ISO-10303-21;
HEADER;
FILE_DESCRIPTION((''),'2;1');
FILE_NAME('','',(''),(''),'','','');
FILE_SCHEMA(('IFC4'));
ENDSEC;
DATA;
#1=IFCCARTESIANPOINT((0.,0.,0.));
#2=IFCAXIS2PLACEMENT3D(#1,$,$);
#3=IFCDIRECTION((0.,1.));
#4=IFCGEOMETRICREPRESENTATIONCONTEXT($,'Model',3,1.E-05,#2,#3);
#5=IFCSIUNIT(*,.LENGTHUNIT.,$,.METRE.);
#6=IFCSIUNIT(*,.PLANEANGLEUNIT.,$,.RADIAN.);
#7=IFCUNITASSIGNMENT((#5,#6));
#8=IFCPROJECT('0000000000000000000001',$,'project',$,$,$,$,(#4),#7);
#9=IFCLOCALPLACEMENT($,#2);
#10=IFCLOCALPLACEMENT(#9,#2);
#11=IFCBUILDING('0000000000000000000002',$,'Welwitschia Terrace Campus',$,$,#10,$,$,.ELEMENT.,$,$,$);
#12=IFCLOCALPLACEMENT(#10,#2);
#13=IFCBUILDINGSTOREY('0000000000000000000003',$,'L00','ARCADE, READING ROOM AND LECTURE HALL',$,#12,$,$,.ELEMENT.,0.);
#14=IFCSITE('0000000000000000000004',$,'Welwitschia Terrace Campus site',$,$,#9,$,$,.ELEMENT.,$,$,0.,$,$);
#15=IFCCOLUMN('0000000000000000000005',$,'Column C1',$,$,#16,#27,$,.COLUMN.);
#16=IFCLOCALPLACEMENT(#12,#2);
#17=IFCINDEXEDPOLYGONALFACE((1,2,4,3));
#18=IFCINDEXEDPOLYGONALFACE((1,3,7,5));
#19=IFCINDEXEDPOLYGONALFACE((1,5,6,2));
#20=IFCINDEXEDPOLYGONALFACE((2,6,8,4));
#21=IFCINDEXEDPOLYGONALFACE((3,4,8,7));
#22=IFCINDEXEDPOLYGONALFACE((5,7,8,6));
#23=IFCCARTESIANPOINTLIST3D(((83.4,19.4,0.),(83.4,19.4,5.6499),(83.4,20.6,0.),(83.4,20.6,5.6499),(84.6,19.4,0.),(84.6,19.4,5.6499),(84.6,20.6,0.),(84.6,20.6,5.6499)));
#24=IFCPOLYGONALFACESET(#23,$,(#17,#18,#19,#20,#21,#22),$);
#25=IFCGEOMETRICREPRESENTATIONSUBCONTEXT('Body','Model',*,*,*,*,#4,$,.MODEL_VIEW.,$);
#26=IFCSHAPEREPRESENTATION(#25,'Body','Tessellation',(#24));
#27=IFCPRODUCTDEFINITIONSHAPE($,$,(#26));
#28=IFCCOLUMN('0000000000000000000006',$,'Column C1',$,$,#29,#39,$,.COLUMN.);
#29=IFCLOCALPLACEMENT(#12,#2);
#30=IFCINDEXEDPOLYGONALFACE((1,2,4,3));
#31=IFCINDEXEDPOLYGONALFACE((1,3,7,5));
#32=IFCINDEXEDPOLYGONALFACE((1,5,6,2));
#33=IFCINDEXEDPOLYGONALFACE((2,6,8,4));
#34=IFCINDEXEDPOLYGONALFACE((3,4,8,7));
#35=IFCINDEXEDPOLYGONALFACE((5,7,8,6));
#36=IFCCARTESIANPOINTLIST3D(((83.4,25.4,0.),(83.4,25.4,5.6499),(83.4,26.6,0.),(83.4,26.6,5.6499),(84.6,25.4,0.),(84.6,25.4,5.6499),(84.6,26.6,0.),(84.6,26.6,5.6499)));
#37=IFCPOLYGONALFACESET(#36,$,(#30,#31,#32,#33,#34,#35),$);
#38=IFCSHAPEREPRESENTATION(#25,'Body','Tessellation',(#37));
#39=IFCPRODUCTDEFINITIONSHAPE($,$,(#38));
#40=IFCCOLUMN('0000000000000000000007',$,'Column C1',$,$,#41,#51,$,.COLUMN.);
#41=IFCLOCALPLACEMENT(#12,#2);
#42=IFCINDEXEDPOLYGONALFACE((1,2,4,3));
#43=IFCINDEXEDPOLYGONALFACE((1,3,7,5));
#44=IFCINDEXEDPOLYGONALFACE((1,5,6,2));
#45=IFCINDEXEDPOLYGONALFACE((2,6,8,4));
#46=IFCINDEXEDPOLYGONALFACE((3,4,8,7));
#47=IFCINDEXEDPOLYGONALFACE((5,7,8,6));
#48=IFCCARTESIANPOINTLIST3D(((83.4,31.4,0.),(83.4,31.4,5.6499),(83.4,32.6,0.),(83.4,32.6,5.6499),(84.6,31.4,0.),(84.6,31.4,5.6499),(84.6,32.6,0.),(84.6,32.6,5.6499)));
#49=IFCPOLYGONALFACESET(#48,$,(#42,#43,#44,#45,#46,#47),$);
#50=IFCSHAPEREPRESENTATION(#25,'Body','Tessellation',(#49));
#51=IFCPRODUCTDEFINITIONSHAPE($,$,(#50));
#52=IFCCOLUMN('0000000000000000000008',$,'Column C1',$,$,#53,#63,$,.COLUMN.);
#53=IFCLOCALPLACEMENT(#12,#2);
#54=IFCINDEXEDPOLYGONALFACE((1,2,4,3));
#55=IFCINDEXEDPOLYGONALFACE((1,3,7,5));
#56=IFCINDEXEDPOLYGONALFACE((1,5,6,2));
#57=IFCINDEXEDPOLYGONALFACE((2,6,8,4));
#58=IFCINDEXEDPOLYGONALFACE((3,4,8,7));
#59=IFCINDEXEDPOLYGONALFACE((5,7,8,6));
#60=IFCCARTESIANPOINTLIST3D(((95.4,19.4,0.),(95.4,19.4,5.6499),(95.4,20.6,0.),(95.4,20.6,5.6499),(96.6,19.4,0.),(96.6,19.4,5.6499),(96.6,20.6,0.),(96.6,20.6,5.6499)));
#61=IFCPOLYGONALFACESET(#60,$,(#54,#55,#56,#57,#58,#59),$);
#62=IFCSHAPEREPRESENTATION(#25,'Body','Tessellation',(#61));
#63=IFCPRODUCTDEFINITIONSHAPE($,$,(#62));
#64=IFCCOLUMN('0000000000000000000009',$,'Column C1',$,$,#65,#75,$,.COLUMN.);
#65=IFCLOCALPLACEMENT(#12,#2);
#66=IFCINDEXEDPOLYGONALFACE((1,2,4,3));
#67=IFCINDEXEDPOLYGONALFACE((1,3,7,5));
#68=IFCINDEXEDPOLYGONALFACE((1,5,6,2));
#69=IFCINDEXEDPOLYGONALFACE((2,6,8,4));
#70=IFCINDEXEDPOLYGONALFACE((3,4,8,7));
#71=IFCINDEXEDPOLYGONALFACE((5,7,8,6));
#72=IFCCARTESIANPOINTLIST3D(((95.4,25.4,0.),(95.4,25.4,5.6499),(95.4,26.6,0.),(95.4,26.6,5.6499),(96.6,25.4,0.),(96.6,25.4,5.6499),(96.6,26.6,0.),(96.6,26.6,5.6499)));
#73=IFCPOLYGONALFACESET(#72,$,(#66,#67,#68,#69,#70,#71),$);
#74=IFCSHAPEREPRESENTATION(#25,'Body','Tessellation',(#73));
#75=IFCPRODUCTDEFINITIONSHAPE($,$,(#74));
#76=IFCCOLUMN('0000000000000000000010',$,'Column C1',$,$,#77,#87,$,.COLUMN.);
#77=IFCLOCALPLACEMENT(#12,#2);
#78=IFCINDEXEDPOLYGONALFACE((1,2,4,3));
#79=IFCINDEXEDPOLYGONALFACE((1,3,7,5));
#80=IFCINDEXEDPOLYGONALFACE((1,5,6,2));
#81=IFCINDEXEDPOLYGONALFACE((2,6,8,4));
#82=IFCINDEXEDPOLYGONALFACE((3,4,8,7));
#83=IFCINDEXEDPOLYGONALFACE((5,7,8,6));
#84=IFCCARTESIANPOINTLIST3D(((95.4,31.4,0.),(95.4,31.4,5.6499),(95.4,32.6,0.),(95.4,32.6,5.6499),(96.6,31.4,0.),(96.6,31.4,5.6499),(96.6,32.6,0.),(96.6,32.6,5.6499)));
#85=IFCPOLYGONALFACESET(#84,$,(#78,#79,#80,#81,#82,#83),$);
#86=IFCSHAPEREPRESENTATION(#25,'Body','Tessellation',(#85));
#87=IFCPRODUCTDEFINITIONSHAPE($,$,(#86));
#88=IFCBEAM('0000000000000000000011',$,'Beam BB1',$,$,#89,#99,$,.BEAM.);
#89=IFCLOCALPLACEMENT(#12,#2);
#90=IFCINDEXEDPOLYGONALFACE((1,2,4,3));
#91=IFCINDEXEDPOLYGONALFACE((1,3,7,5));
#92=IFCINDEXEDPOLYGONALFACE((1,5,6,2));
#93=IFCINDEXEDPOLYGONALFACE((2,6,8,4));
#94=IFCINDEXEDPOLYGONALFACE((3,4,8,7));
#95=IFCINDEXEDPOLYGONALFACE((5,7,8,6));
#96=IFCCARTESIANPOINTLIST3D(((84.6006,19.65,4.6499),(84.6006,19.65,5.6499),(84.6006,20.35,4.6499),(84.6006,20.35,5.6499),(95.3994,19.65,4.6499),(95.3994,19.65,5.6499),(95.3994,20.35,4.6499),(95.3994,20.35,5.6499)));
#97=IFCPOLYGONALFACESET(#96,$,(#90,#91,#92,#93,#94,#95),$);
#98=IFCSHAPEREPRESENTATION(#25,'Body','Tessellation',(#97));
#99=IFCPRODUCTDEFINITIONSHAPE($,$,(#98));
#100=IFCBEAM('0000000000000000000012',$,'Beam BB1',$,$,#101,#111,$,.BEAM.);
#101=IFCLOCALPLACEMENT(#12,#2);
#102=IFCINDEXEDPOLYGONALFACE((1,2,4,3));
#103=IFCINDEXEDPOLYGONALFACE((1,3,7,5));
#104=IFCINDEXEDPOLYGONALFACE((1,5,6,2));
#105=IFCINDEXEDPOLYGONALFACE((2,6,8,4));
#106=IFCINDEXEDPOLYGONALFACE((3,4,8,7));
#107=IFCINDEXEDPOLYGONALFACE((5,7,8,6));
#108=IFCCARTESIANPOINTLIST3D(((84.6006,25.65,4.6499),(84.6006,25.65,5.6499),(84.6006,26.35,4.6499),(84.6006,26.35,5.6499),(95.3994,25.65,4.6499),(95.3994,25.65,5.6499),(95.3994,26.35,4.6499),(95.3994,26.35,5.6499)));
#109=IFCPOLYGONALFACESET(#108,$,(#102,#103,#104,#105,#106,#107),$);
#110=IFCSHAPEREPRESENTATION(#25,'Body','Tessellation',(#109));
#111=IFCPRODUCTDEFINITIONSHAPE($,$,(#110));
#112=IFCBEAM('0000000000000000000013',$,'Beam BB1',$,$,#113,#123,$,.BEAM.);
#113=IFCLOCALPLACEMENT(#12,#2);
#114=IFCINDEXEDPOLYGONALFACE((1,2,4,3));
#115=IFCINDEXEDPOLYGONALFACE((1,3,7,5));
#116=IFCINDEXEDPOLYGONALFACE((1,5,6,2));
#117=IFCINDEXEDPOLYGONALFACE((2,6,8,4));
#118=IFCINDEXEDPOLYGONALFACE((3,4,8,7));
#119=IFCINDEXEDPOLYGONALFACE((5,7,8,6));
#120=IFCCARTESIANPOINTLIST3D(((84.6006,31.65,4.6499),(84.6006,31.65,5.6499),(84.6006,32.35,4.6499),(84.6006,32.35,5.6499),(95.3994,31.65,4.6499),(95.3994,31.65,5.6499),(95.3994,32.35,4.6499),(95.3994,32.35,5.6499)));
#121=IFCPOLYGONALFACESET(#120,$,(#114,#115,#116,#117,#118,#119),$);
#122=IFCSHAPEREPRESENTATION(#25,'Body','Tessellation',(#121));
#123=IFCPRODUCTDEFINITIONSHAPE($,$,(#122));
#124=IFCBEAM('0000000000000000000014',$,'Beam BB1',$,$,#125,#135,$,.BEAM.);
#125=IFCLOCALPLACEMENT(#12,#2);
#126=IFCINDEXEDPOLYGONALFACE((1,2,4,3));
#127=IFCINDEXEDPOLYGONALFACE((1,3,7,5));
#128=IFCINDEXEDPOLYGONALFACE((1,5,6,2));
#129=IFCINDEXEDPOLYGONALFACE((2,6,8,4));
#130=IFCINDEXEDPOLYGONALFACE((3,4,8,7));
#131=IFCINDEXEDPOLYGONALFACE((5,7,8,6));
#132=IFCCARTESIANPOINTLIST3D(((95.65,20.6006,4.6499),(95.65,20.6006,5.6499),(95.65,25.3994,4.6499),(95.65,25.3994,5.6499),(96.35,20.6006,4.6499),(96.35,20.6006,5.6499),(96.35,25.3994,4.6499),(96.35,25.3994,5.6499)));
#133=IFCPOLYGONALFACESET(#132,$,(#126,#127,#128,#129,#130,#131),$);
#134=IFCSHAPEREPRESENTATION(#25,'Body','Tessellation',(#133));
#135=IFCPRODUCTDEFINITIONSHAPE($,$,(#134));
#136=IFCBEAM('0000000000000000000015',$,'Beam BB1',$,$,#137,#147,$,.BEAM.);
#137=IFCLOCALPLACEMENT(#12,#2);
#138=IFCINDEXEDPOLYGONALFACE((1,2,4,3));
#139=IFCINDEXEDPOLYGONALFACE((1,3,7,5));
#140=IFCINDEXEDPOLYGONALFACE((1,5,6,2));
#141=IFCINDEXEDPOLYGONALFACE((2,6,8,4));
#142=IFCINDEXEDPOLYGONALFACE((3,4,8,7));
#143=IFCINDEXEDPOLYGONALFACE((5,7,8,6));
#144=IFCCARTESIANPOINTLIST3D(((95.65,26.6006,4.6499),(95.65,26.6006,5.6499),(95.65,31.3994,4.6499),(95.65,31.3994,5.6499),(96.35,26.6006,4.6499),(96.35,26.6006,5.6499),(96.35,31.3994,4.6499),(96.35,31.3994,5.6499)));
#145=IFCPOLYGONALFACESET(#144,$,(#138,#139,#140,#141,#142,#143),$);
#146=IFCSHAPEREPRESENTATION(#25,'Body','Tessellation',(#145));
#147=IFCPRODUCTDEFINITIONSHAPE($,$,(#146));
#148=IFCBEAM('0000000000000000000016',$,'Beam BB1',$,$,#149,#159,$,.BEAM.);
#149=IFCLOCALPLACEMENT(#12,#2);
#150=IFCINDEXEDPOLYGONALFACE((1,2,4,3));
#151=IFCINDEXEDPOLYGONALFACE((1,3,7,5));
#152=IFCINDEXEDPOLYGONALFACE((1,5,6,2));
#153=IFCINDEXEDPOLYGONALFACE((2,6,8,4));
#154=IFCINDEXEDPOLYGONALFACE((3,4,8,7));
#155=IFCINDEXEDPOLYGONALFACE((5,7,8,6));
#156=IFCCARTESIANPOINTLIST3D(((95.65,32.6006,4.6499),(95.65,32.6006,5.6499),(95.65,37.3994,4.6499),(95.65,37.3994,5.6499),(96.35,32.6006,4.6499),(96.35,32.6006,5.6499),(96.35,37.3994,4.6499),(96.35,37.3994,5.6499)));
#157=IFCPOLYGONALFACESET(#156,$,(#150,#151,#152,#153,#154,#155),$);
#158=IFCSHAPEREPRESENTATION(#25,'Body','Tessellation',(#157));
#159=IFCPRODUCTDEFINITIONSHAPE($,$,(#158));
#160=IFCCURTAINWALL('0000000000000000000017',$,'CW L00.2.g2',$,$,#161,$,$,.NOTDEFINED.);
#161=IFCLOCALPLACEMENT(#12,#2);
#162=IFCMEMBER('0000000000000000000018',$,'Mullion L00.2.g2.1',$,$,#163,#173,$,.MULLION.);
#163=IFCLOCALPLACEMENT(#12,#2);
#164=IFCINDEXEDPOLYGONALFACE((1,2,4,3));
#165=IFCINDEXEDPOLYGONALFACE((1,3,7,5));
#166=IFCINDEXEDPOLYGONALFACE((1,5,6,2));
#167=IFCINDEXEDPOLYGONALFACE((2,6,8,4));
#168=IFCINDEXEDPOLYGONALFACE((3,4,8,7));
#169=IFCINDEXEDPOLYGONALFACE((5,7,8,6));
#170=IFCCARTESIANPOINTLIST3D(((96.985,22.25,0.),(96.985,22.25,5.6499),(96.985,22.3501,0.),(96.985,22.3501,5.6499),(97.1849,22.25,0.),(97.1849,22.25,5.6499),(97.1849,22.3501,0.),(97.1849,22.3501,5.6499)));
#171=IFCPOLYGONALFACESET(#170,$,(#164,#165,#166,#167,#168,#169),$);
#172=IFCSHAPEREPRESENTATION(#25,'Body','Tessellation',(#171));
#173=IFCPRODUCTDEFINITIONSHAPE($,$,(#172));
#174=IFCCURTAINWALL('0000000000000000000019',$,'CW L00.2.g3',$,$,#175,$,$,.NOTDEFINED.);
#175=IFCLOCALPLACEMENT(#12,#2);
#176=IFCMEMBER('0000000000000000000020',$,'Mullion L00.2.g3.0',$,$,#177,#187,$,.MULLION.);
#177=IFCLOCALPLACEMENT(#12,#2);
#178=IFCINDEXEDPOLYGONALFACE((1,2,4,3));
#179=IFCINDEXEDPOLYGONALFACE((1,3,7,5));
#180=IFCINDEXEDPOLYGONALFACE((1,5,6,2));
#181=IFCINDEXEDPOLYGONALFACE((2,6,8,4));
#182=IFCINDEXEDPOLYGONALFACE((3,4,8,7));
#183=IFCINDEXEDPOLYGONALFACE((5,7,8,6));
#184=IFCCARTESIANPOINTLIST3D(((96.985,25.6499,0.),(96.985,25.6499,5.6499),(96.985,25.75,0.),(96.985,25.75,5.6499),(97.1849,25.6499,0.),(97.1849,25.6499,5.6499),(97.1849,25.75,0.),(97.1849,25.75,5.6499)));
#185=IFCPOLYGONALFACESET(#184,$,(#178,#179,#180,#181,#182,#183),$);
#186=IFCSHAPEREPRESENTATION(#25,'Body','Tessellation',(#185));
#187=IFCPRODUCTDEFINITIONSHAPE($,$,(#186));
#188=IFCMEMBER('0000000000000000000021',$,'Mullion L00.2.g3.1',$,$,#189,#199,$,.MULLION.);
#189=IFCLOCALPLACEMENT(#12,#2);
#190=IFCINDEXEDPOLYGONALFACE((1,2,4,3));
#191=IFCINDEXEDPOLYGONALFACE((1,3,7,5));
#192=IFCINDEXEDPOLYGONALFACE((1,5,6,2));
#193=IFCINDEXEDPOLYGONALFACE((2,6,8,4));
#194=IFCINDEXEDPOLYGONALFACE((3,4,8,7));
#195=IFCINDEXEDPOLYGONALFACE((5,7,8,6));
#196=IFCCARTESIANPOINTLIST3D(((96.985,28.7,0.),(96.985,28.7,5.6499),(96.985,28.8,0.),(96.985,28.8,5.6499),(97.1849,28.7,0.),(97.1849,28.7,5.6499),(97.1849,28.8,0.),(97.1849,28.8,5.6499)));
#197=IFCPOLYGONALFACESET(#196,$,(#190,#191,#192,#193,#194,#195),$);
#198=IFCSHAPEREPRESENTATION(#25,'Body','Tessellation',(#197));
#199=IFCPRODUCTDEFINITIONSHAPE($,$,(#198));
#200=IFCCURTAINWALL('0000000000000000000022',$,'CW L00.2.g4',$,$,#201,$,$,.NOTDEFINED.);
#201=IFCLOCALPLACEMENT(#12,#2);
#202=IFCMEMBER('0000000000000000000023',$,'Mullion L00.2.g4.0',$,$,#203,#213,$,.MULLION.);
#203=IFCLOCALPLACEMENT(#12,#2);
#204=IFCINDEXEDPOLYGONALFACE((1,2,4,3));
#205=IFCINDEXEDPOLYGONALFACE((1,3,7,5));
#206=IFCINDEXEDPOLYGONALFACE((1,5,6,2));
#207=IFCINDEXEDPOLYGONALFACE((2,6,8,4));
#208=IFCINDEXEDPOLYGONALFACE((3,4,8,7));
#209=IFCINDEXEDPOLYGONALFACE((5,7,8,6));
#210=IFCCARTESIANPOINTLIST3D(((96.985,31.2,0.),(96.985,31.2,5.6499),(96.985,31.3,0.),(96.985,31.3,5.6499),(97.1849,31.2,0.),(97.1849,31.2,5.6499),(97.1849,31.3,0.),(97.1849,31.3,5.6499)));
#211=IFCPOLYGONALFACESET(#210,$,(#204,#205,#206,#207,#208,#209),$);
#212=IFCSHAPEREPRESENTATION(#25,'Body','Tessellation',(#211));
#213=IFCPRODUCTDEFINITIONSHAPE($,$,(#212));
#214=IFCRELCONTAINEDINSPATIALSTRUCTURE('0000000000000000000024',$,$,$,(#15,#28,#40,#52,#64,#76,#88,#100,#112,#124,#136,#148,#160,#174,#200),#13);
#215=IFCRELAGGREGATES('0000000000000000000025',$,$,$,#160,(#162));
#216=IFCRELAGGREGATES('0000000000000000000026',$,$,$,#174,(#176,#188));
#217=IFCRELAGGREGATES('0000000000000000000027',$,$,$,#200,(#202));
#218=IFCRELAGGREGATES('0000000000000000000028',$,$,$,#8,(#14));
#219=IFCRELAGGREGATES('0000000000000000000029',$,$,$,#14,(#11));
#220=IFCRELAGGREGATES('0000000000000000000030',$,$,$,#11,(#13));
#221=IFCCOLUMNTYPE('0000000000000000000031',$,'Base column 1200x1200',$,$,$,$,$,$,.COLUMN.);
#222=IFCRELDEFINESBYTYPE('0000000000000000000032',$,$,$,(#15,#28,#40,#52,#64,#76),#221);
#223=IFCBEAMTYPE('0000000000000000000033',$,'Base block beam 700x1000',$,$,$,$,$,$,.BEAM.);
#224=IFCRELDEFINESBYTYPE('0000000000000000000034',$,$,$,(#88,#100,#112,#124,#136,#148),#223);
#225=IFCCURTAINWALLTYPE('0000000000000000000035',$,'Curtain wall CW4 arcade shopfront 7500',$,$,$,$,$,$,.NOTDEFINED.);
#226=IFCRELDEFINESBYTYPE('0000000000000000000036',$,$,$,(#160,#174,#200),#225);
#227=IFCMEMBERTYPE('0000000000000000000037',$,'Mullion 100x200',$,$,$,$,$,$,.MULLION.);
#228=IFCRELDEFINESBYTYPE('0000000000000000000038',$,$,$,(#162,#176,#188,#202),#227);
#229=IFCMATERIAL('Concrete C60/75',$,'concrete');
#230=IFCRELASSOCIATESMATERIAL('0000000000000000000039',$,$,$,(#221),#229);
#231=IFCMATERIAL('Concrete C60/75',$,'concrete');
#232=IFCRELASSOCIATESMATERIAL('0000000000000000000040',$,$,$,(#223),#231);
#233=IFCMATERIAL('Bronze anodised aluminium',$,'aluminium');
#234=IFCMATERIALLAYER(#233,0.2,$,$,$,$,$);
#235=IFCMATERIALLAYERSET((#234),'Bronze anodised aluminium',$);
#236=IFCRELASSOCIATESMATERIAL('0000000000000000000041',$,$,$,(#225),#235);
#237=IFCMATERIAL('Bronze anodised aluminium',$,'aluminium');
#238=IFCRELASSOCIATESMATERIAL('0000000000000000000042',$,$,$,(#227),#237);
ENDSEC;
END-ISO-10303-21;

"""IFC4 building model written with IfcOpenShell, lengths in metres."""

from ifc_helpers import new_model, si_unit, direction, frame, origin, origin_2d, place, context, subcontext, project, spatial, rectangle, extrude, material, layer, layer_set, material_profile, profile_set, type_object, element, aggregate, save


model = new_model("IFC4")

# Units and contexts
model_context = context("Model", 3, precision=1e-05, world=origin(), true_north=direction((0.0, 1.0)))
body_context = subcontext(model_context, "Body", "Model", "MODEL_VIEW")
ifc_project = project(units=[si_unit("LENGTHUNIT", "METRE"), si_unit("PLANEANGLEUNIT", "RADIAN")], contexts=[model_context])

# Site, building, storey
site_placement = place(None, origin())
site = spatial("IfcSite", under=ifc_project, at=site_placement, Name="Welwitschia Terrace Campus site", CompositionType="ELEMENT", RefElevation=0.0)
building_placement = place(site_placement, origin())
building = spatial("IfcBuilding", under=site, at=building_placement, Name="Welwitschia Terrace Campus", CompositionType="ELEMENT")
storey_placement = place(building_placement, origin())
storey = spatial("IfcBuildingStorey", under=building, at=storey_placement, Name="L00", Description="ARCADE, READING ROOM AND LECTURE HALL", CompositionType="ELEMENT", Elevation=0.0)

# Columns
ifc_material_1 = material(Name="Concrete C60/75", Category="concrete")
ifc_material_profile_1 = material_profile(ifc_material_1, rectangle(XDim=1.2, YDim=1.2, at=origin_2d()))
ifc_profile_set_1 = profile_set([ifc_material_profile_1], Name="Concrete C60/75")
column_type = type_object("IfcColumnType", Name="Base column 1200x1200", PredefinedType="COLUMN", material=ifc_profile_set_1)
for number, where, z_axis, x_axis, name in (
    (1, (84.0, 20.0, 0.0), (0.0, 0.0, 1.0), (1.0, 0.0, 0.0), "Column C1"),
    (2, (84.0, 26.0, 0.0), (0.0, 0.0, 1.0), (1.0, 0.0, 0.0), "Column C1"),
    (3, (84.0, 32.0, 0.0), (0.0, 0.0, 1.0), (1.0, 0.0, 0.0), "Column C1"),
    (4, (96.0, 20.0, 0.0), (0.0, 0.0, 1.0), (1.0, 0.0, 0.0), "Column C1"),
    (5, (96.0, 26.0, 0.0), (0.0, 0.0, 1.0), (1.0, 0.0, 0.0), "Column C1"),
    (6, (96.0, 32.0, 0.0), (0.0, 0.0, 1.0), (1.0, 0.0, 0.0), "Column C1"),
):
    element("IfcColumn", number, at=place(storey_placement, frame(where, z_axis=z_axis, x_axis=x_axis)), inside=storey, type_object=column_type, Name=name, PredefinedType="COLUMN", context=body_context, shape_type="SweptSolid", body=[
        extrude(rectangle(XDim=1.2, YDim=1.2, at=origin_2d()), origin(), (0.0, 0.0, 1.0), 5.6499),
    ])

# Beams
ifc_material_2 = material(Name="Concrete C60/75", Category="concrete")
ifc_material_profile_2 = material_profile(ifc_material_2, rectangle(XDim=0.7, YDim=1.0, at=origin_2d()))
ifc_profile_set_2 = profile_set([ifc_material_profile_2], Name="Concrete C60/75")
beam_type = type_object("IfcBeamType", Name="Base block beam 700x1000", PredefinedType="BEAM", material=ifc_profile_set_2)
for number, where, z_axis, x_axis, name in (
    (7, (84.6006, 20.0, 5.1499), (1.0, 0.0, 0.0), (0.0, 1.0, 0.0), "Beam BB1"),
    (8, (84.6006, 26.0, 5.1499), (1.0, 0.0, 0.0), (0.0, 1.0, 0.0), "Beam BB1"),
    (9, (84.6006, 32.0, 5.1499), (1.0, 0.0, 0.0), (0.0, 1.0, 0.0), "Beam BB1"),
):
    element("IfcBeam", number, at=place(storey_placement, frame(where, z_axis=z_axis, x_axis=x_axis)), inside=storey, type_object=beam_type, Name=name, PredefinedType="BEAM", context=body_context, shape_type="SweptSolid", body=[
        extrude(rectangle(XDim=0.7, YDim=1.0, at=origin_2d()), origin(), (0.0, 0.0, 1.0), 10.7988),
    ])
for number, where, z_axis, x_axis, name in (
    (10, (96.0, 20.6006, 5.1499), (0.0, 1.0, 0.0), (-1.0, 0.0, 0.0), "Beam BB1"),
    (11, (96.0, 26.6006, 5.1499), (0.0, 1.0, 0.0), (-1.0, 0.0, 0.0), "Beam BB1"),
    (12, (96.0, 32.6006, 5.1499), (0.0, 1.0, 0.0), (-1.0, 0.0, 0.0), "Beam BB1"),
):
    element("IfcBeam", number, at=place(storey_placement, frame(where, z_axis=z_axis, x_axis=x_axis)), inside=storey, type_object=beam_type, Name=name, PredefinedType="BEAM", context=body_context, shape_type="SweptSolid", body=[
        extrude(rectangle(XDim=0.7, YDim=1.0, at=origin_2d()), origin(), (0.0, 0.0, 1.0), 4.7988),
    ])

# Curtain wall, member
ifc_material_3 = material(Name="Bronze anodised aluminium", Category="aluminium")
ifc_layer_1 = layer(ifc_material_3, 0.2)
ifc_layer_set_1 = layer_set([ifc_layer_1], Name="Bronze anodised aluminium")
curtain_wall_type = type_object("IfcCurtainWallType", Name="Curtain wall CW4 arcade shopfront 7500", PredefinedType="NOTDEFINED", material=ifc_layer_set_1)
curtain_wall_1_placement = place(storey_placement, origin())
curtain_wall_1 = element("IfcCurtainWall", 13, at=curtain_wall_1_placement, inside=storey, type_object=curtain_wall_type, Name="CW L00.2.g2", PredefinedType="NOTDEFINED")
ifc_material_4 = material(Name="Bronze anodised aluminium", Category="aluminium")
ifc_material_profile_3 = material_profile(ifc_material_4, rectangle(XDim=0.2, YDim=0.1001, at=origin_2d()))
ifc_profile_set_3 = profile_set([ifc_material_profile_3], Name="Bronze anodised aluminium")
member_type_1 = type_object("IfcMemberType", Name="Mullion 100x200", PredefinedType="MULLION", material=ifc_profile_set_3)
member_1_placement = place(storey_placement, frame((97.085, 22.3, 0.0), z_axis=(0.0, 0.0, 1.0), x_axis=(-1.0, 0.0, 0.0)))
member_1 = element("IfcMember", 14, at=member_1_placement, type_object=member_type_1, Name="Mullion L00.2.g2.1", PredefinedType="MULLION", context=body_context, shape_type="SweptSolid", body=[
    extrude(rectangle(XDim=0.2, YDim=0.1001, at=origin_2d()), origin(), (0.0, 0.0, 1.0), 5.6499),
])

# Curtain wall, members
curtain_wall_2_placement = place(storey_placement, origin())
curtain_wall_2 = element("IfcCurtainWall", 15, at=curtain_wall_2_placement, inside=storey, type_object=curtain_wall_type, Name="CW L00.2.g3", PredefinedType="NOTDEFINED")
member_2_placement = place(storey_placement, frame((97.085, 25.7, 0.0), z_axis=(0.0, 0.0, 1.0), x_axis=(-1.0, 0.0, 0.0)))
member_2 = element("IfcMember", 16, at=member_2_placement, type_object=member_type_1, Name="Mullion L00.2.g3.0", PredefinedType="MULLION", context=body_context, shape_type="SweptSolid", body=[
    extrude(rectangle(XDim=0.2, YDim=0.1001, at=origin_2d()), origin(), (0.0, 0.0, 1.0), 5.6499),
])
member_3_placement = place(storey_placement, frame((97.085, 28.75, 0.0), z_axis=(0.0, 0.0, 1.0), x_axis=(-1.0, 0.0, 0.0)))
member_3 = element("IfcMember", 17, at=member_3_placement, type_object=member_type_1, Name="Mullion L00.2.g3.1", PredefinedType="MULLION", context=body_context, shape_type="SweptSolid", body=[
    extrude(rectangle(XDim=0.2, YDim=0.1001, at=origin_2d()), origin(), (0.0, 0.0, 1.0), 5.6499),
])

# Curtain wall, member
curtain_wall_3_placement = place(storey_placement, origin())
curtain_wall_3 = element("IfcCurtainWall", 18, at=curtain_wall_3_placement, inside=storey, type_object=curtain_wall_type, Name="CW L00.2.g4", PredefinedType="NOTDEFINED")
member_4_placement = place(storey_placement, frame((97.085, 31.25, 0.0), z_axis=(0.0, 0.0, 1.0), x_axis=(-1.0, 0.0, 0.0)))
member_4 = element("IfcMember", 19, at=member_4_placement, type_object=member_type_1, Name="Mullion L00.2.g4.0", PredefinedType="MULLION", context=body_context, shape_type="SweptSolid", body=[
    extrude(rectangle(XDim=0.2, YDim=0.1001, at=origin_2d()), origin(), (0.0, 0.0, 1.0), 5.6499),
])

aggregate(curtain_wall_1, [member_1])
aggregate(curtain_wall_2, [member_2, member_3])
aggregate(curtain_wall_3, [member_4])

save(model, "model.ifc")
